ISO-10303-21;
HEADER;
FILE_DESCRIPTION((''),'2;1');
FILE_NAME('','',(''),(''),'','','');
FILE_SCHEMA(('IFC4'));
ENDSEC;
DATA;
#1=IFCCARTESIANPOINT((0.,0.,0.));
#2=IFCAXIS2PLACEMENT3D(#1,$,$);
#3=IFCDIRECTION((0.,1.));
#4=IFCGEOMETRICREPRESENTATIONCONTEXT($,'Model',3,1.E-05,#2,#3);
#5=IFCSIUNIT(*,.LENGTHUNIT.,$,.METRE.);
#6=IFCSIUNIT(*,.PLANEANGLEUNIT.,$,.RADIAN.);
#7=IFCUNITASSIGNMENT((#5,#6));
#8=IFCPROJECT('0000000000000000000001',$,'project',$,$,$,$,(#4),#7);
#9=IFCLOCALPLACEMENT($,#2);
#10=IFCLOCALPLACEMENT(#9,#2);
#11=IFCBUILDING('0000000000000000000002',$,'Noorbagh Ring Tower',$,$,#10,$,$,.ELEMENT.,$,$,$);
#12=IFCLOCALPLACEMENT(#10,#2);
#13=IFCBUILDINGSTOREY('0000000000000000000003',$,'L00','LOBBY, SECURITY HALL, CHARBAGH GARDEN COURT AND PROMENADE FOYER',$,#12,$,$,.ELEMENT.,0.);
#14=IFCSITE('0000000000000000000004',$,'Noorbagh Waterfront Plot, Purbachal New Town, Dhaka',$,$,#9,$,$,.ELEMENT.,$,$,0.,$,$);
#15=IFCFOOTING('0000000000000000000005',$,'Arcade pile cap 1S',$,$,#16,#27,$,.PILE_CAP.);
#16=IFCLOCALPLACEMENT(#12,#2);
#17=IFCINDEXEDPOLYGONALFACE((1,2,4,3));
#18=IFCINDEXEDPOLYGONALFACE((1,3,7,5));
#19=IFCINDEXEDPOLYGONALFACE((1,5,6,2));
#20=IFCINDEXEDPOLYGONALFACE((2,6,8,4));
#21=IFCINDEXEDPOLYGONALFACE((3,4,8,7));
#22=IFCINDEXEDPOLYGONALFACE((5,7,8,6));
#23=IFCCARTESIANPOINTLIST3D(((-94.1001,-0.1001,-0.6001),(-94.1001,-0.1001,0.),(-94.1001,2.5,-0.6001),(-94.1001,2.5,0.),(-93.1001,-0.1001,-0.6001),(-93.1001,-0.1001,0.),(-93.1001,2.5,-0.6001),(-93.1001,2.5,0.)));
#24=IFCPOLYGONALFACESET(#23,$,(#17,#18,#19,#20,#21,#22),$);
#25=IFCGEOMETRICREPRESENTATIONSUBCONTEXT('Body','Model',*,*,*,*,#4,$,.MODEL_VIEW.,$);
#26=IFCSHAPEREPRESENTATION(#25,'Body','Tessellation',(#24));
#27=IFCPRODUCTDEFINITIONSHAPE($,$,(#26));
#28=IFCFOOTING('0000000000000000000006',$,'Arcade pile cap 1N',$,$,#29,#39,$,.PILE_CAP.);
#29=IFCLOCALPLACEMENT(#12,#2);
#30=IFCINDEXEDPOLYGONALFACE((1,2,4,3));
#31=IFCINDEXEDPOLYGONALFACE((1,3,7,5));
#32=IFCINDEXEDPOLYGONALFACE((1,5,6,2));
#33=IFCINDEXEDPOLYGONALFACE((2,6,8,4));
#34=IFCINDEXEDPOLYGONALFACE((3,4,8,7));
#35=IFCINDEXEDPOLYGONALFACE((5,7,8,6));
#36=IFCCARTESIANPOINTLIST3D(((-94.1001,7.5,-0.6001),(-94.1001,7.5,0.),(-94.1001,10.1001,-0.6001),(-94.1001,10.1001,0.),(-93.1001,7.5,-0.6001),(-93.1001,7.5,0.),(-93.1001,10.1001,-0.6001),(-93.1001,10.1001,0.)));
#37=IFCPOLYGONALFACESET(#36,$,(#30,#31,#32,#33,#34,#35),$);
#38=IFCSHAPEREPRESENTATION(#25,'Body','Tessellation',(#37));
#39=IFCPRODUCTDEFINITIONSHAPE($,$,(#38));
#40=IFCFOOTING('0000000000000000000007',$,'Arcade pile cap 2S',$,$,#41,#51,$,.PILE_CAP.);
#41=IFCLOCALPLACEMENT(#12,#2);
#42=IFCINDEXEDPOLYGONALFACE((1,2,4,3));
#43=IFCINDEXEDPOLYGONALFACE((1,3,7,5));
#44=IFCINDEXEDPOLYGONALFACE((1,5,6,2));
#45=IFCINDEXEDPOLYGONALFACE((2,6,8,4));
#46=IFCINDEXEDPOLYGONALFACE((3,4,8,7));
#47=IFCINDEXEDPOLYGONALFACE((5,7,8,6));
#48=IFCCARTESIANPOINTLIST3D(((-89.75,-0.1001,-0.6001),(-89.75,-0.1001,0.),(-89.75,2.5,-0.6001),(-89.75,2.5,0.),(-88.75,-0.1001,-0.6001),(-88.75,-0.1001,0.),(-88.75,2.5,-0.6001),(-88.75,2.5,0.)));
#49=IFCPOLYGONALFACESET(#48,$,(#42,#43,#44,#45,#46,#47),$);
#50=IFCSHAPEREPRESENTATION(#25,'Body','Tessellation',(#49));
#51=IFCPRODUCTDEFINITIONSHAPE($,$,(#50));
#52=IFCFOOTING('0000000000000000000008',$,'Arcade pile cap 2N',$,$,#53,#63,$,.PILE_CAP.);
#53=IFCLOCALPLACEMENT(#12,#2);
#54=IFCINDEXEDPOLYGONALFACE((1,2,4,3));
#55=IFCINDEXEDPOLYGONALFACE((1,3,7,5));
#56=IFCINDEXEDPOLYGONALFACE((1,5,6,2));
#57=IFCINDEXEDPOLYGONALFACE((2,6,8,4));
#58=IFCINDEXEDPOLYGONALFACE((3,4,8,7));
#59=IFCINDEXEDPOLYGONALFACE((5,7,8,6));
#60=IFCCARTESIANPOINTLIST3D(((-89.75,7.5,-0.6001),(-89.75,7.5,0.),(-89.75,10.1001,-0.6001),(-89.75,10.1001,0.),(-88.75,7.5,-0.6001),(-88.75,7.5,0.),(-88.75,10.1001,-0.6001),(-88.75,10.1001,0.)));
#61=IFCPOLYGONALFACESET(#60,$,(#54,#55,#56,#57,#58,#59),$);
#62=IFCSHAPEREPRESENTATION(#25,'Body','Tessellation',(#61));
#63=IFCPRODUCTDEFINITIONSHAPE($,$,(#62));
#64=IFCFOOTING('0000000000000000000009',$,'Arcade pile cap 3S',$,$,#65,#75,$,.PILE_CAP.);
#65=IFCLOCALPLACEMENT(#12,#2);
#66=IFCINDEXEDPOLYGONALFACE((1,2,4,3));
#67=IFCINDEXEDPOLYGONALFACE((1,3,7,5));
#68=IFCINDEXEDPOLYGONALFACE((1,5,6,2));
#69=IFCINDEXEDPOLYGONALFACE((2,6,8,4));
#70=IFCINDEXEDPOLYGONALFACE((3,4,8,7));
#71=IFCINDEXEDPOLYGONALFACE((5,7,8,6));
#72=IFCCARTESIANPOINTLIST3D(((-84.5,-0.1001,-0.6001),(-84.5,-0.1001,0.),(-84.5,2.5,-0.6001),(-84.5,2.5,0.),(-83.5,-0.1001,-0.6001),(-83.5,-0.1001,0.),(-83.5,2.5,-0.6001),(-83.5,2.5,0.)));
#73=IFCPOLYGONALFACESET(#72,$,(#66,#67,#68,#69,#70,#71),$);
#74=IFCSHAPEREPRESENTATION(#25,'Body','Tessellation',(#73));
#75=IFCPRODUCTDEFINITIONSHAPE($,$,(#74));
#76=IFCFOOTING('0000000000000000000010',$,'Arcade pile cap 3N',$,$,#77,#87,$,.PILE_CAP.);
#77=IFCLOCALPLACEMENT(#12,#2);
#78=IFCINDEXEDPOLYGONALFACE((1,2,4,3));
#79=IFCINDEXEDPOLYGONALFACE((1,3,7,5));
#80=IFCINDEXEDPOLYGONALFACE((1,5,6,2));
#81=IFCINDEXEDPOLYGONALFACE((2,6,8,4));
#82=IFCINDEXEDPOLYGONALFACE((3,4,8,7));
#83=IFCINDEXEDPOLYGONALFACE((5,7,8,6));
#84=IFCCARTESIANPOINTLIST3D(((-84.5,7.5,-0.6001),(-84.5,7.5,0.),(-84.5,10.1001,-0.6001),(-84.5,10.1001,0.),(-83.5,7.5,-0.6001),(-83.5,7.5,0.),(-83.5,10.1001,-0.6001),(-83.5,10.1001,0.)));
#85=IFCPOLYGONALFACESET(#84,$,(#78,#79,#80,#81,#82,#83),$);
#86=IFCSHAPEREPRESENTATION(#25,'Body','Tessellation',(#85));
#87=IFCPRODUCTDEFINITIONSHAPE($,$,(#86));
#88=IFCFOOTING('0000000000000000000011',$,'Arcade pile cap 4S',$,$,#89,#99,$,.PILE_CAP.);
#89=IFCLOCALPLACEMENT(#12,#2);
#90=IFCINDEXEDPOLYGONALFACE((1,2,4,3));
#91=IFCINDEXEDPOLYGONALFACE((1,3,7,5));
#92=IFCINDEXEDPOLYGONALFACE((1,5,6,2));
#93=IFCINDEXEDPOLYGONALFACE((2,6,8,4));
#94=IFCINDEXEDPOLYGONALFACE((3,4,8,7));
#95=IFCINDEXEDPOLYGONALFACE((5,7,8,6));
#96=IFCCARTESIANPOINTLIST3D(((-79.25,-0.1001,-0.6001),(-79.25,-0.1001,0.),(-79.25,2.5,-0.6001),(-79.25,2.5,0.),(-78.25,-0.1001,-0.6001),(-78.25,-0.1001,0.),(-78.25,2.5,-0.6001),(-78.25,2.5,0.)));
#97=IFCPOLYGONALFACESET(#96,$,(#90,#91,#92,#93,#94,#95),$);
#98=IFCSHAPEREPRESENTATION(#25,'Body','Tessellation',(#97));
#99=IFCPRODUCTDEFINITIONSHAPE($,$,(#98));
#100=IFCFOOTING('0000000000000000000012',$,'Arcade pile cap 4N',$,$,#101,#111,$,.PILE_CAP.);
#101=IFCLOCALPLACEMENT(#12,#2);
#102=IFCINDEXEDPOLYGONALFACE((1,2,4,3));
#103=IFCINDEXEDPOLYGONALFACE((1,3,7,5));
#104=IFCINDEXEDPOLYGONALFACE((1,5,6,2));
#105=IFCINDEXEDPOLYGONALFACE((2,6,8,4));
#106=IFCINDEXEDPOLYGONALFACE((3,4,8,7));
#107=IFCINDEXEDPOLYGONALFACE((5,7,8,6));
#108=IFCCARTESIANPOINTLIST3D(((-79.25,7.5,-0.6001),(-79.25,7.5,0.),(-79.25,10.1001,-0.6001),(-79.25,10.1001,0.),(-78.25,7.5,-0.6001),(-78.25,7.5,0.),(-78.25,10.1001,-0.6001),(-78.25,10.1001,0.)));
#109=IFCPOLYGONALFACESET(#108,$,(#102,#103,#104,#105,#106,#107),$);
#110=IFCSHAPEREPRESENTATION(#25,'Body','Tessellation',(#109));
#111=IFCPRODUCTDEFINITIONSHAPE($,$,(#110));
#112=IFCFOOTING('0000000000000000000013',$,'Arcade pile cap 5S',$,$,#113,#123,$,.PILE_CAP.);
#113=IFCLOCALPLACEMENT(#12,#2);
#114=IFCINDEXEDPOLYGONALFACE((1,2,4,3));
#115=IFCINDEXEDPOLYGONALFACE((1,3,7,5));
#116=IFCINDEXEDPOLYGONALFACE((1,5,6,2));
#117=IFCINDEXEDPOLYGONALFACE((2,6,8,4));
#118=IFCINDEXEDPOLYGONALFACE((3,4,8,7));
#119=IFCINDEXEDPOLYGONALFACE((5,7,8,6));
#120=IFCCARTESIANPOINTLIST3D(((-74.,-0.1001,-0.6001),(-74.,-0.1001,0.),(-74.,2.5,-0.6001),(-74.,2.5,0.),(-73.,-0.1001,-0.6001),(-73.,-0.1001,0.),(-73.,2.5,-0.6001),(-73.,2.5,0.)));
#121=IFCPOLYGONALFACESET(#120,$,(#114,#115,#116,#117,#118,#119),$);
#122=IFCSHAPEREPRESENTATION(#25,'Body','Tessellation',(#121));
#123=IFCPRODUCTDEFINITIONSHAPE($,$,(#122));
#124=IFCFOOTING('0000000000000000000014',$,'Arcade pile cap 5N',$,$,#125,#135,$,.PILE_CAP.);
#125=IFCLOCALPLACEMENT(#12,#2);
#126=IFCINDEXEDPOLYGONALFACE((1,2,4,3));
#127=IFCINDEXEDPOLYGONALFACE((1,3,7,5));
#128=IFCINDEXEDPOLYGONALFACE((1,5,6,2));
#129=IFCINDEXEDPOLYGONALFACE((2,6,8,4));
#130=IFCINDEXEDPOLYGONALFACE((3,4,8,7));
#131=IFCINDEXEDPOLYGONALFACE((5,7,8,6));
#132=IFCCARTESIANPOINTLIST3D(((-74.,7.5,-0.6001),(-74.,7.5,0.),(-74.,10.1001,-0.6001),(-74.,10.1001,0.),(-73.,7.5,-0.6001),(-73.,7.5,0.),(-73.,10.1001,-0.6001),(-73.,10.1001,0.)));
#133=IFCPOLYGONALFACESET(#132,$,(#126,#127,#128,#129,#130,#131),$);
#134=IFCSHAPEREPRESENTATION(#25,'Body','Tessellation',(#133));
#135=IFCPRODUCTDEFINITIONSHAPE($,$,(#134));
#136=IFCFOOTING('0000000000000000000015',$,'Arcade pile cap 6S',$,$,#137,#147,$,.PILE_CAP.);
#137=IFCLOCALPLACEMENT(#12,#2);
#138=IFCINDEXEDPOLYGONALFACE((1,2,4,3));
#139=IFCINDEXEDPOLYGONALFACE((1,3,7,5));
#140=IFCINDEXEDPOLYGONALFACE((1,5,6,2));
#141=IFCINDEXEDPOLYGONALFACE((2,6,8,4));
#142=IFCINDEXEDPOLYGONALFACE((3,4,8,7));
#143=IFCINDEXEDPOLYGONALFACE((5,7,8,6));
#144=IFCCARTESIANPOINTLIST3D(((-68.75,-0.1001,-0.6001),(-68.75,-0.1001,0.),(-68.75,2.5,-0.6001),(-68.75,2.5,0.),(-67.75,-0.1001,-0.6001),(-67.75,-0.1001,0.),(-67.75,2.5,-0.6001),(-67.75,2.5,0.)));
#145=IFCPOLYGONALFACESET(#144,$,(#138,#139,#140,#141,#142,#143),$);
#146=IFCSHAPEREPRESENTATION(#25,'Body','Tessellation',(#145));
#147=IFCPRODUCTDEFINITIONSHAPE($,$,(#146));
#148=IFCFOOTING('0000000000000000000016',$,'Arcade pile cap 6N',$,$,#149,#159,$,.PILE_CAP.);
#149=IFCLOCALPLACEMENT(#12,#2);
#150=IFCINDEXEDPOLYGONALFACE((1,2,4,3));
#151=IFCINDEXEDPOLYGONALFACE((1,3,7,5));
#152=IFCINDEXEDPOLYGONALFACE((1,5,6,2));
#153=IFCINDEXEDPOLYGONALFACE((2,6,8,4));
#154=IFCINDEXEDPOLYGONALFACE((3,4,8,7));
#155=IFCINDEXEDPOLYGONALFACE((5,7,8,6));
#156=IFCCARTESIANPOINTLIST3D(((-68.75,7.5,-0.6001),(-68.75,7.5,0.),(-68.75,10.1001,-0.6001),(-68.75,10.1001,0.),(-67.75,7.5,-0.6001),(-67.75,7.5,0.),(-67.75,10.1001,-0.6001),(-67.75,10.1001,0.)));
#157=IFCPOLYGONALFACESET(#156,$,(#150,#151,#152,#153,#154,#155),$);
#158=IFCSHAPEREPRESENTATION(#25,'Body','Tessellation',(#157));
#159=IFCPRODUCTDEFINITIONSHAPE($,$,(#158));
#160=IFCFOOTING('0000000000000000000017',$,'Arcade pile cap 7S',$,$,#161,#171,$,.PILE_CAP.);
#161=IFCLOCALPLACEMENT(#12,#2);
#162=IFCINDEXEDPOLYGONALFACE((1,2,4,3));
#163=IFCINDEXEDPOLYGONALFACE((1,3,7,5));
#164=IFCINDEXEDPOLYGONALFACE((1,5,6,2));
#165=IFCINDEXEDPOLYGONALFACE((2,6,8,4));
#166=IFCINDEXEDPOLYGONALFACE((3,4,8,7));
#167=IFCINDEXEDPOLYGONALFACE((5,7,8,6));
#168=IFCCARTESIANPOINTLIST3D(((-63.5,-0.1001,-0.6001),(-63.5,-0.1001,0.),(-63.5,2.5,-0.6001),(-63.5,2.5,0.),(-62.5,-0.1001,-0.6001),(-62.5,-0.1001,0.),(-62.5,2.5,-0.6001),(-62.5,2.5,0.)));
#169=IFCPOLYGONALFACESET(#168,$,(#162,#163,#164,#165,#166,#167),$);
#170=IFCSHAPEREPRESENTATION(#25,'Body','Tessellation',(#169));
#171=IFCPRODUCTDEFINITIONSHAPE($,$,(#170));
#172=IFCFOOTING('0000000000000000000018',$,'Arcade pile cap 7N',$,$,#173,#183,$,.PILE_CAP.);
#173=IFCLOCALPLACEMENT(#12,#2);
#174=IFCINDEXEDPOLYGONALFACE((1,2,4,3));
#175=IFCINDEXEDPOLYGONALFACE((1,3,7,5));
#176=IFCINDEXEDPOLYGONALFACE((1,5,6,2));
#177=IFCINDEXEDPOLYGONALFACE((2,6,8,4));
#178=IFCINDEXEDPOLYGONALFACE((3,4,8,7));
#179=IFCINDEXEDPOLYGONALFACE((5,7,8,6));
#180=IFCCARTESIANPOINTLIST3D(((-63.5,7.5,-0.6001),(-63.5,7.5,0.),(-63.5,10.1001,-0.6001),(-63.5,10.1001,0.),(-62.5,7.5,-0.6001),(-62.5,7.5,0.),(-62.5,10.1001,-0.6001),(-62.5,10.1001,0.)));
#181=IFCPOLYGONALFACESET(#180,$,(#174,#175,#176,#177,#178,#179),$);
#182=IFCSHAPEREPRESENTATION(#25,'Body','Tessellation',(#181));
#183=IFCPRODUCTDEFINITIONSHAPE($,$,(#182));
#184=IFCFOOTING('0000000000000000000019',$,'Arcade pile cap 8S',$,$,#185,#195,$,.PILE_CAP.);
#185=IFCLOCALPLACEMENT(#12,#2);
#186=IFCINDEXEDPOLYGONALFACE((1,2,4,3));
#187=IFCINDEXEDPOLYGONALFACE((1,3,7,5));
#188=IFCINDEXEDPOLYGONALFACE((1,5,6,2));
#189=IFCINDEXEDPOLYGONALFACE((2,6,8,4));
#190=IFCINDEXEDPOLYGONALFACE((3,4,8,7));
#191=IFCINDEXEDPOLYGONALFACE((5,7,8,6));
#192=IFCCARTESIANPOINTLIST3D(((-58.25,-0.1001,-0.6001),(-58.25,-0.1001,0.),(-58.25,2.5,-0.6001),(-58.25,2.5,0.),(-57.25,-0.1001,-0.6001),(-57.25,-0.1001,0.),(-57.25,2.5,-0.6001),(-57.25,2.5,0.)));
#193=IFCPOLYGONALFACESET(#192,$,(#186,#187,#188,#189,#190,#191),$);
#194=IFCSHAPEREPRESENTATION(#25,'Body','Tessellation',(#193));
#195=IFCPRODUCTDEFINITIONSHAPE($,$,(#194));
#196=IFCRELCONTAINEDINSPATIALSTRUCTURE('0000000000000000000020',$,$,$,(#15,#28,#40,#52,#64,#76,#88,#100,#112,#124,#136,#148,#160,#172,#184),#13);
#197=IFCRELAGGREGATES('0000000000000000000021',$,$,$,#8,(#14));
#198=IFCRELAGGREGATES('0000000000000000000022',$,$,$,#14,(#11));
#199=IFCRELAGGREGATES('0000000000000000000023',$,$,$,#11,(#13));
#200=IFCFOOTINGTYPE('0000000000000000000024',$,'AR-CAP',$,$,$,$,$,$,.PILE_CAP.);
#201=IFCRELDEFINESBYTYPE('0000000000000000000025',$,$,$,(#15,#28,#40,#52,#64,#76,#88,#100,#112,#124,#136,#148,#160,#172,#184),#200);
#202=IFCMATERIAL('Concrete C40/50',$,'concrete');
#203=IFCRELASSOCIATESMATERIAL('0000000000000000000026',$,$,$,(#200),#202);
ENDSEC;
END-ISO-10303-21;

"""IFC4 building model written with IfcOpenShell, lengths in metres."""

from ifc_helpers import new_model, si_unit, direction, frame, origin, place, context, subcontext, project, spatial, polyline, outline, extrude, material, type_object, element, save


model = new_model("IFC4")

# Units and contexts
model_context = context("Model", 3, precision=1e-05, world=origin(), true_north=direction((0.0, 1.0)))
body_context = subcontext(model_context, "Body", "Model", "MODEL_VIEW")
ifc_project = project(units=[si_unit("LENGTHUNIT", "METRE"), si_unit("PLANEANGLEUNIT", "RADIAN")], contexts=[model_context])

# Site, building, storey
site_placement = place(None, origin())
site = spatial("IfcSite", under=ifc_project, at=site_placement, Name="Noorbagh Waterfront Plot, Purbachal New Town, Dhaka", CompositionType="ELEMENT", RefElevation=0.0)
building_placement = place(site_placement, origin())
building = spatial("IfcBuilding", under=site, at=building_placement, Name="Noorbagh Ring Tower", CompositionType="ELEMENT")
storey_placement = place(building_placement, origin())
storey = spatial("IfcBuildingStorey", under=building, at=storey_placement, Name="L00", Description="LOBBY, SECURITY HALL, CHARBAGH GARDEN COURT AND PROMENADE FOYER", CompositionType="ELEMENT", Elevation=0.0)

# Footings
ifc_material_1 = material(Name="Concrete C40/50", Category="concrete")
footing_type = type_object("IfcFootingType", Name="AR-CAP", PredefinedType="PILE_CAP", material=ifc_material_1)
footing_1_placement = place(storey_placement, frame((0.0, 0.0, -0.6001)))
element("IfcFooting", 1, at=footing_1_placement, inside=storey, type_object=footing_type, Name="Arcade pile cap 1S", PredefinedType="PILE_CAP", context=body_context, shape_type="SweptSolid", body=[
    extrude(outline(polyline([(-94.1001, -0.1001), (-93.1001, -0.1001), (-93.1001, 2.5), (-94.1001, 2.5), (-94.1001, -0.1001)])), origin(), (0.0, 0.0, 1.0), 0.6001),
])
footing_2_placement = place(storey_placement, frame((0.0, 0.0, -0.6001)))
element("IfcFooting", 2, at=footing_2_placement, inside=storey, type_object=footing_type, Name="Arcade pile cap 1N", PredefinedType="PILE_CAP", context=body_context, shape_type="SweptSolid", body=[
    extrude(outline(polyline([(-94.1001, 7.5), (-93.1001, 7.5), (-93.1001, 10.1001), (-94.1001, 10.1001), (-94.1001, 7.5)])), origin(), (0.0, 0.0, 1.0), 0.6001),
])
footing_3_placement = place(storey_placement, frame((0.0, 0.0, -0.6001)))
element("IfcFooting", 3, at=footing_3_placement, inside=storey, type_object=footing_type, Name="Arcade pile cap 2S", PredefinedType="PILE_CAP", context=body_context, shape_type="SweptSolid", body=[
    extrude(outline(polyline([(-89.75, -0.1001), (-88.75, -0.1001), (-88.75, 2.5), (-89.75, 2.5), (-89.75, -0.1001)])), origin(), (0.0, 0.0, 1.0), 0.6001),
])
footing_4_placement = place(storey_placement, frame((0.0, 0.0, -0.6001)))
element("IfcFooting", 4, at=footing_4_placement, inside=storey, type_object=footing_type, Name="Arcade pile cap 2N", PredefinedType="PILE_CAP", context=body_context, shape_type="SweptSolid", body=[
    extrude(outline(polyline([(-89.75, 7.5), (-88.75, 7.5), (-88.75, 10.1001), (-89.75, 10.1001), (-89.75, 7.5)])), origin(), (0.0, 0.0, 1.0), 0.6001),
])
footing_5_placement = place(storey_placement, frame((0.0, 0.0, -0.6001)))
element("IfcFooting", 5, at=footing_5_placement, inside=storey, type_object=footing_type, Name="Arcade pile cap 3S", PredefinedType="PILE_CAP", context=body_context, shape_type="SweptSolid", body=[
    extrude(outline(polyline([(-84.5, -0.1001), (-83.5, -0.1001), (-83.5, 2.5), (-84.5, 2.5), (-84.5, -0.1001)])), origin(), (0.0, 0.0, 1.0), 0.6001),
])
footing_6_placement = place(storey_placement, frame((0.0, 0.0, -0.6001)))
element("IfcFooting", 6, at=footing_6_placement, inside=storey, type_object=footing_type, Name="Arcade pile cap 3N", PredefinedType="PILE_CAP", context=body_context, shape_type="SweptSolid", body=[
    extrude(outline(polyline([(-84.5, 7.5), (-83.5, 7.5), (-83.5, 10.1001), (-84.5, 10.1001), (-84.5, 7.5)])), origin(), (0.0, 0.0, 1.0), 0.6001),
])
footing_7_placement = place(storey_placement, frame((0.0, 0.0, -0.6001)))
element("IfcFooting", 7, at=footing_7_placement, inside=storey, type_object=footing_type, Name="Arcade pile cap 4S", PredefinedType="PILE_CAP", context=body_context, shape_type="SweptSolid", body=[
    extrude(outline(polyline([(-79.25, -0.1001), (-78.25, -0.1001), (-78.25, 2.5), (-79.25, 2.5), (-79.25, -0.1001)])), origin(), (0.0, 0.0, 1.0), 0.6001),
])
footing_8_placement = place(storey_placement, frame((0.0, 0.0, -0.6001)))
element("IfcFooting", 8, at=footing_8_placement, inside=storey, type_object=footing_type, Name="Arcade pile cap 4N", PredefinedType="PILE_CAP", context=body_context, shape_type="SweptSolid", body=[
    extrude(outline(polyline([(-79.25, 7.5), (-78.25, 7.5), (-78.25, 10.1001), (-79.25, 10.1001), (-79.25, 7.5)])), origin(), (0.0, 0.0, 1.0), 0.6001),
])
footing_9_placement = place(storey_placement, frame((0.0, 0.0, -0.6001)))
element("IfcFooting", 9, at=footing_9_placement, inside=storey, type_object=footing_type, Name="Arcade pile cap 5S", PredefinedType="PILE_CAP", context=body_context, shape_type="SweptSolid", body=[
    extrude(outline(polyline([(-74.0, -0.1001), (-73.0, -0.1001), (-73.0, 2.5), (-74.0, 2.5), (-74.0, -0.1001)])), origin(), (0.0, 0.0, 1.0), 0.6001),
])
footing_10_placement = place(storey_placement, frame((0.0, 0.0, -0.6001)))
element("IfcFooting", 10, at=footing_10_placement, inside=storey, type_object=footing_type, Name="Arcade pile cap 5N", PredefinedType="PILE_CAP", context=body_context, shape_type="SweptSolid", body=[
    extrude(outline(polyline([(-74.0, 7.5), (-73.0, 7.5), (-73.0, 10.1001), (-74.0, 10.1001), (-74.0, 7.5)])), origin(), (0.0, 0.0, 1.0), 0.6001),
])
footing_11_placement = place(storey_placement, frame((0.0, 0.0, -0.6001)))
element("IfcFooting", 11, at=footing_11_placement, inside=storey, type_object=footing_type, Name="Arcade pile cap 6S", PredefinedType="PILE_CAP", context=body_context, shape_type="SweptSolid", body=[
    extrude(outline(polyline([(-68.75, -0.1001), (-67.75, -0.1001), (-67.75, 2.5), (-68.75, 2.5), (-68.75, -0.1001)])), origin(), (0.0, 0.0, 1.0), 0.6001),
])
footing_12_placement = place(storey_placement, frame((0.0, 0.0, -0.6001)))
element("IfcFooting", 12, at=footing_12_placement, inside=storey, type_object=footing_type, Name="Arcade pile cap 6N", PredefinedType="PILE_CAP", context=body_context, shape_type="SweptSolid", body=[
    extrude(outline(polyline([(-68.75, 7.5), (-67.75, 7.5), (-67.75, 10.1001), (-68.75, 10.1001), (-68.75, 7.5)])), origin(), (0.0, 0.0, 1.0), 0.6001),
])
footing_13_placement = place(storey_placement, frame((0.0, 0.0, -0.6001)))
element("IfcFooting", 13, at=footing_13_placement, inside=storey, type_object=footing_type, Name="Arcade pile cap 7S", PredefinedType="PILE_CAP", context=body_context, shape_type="SweptSolid", body=[
    extrude(outline(polyline([(-63.5, -0.1001), (-62.5, -0.1001), (-62.5, 2.5), (-63.5, 2.5), (-63.5, -0.1001)])), origin(), (0.0, 0.0, 1.0), 0.6001),
])
footing_14_placement = place(storey_placement, frame((0.0, 0.0, -0.6001)))
element("IfcFooting", 14, at=footing_14_placement, inside=storey, type_object=footing_type, Name="Arcade pile cap 7N", PredefinedType="PILE_CAP", context=body_context, shape_type="SweptSolid", body=[
    extrude(outline(polyline([(-63.5, 7.5), (-62.5, 7.5), (-62.5, 10.1001), (-63.5, 10.1001), (-63.5, 7.5)])), origin(), (0.0, 0.0, 1.0), 0.6001),
])
footing_15_placement = place(storey_placement, frame((0.0, 0.0, -0.6001)))
element("IfcFooting", 15, at=footing_15_placement, inside=storey, type_object=footing_type, Name="Arcade pile cap 8S", PredefinedType="PILE_CAP", context=body_context, shape_type="SweptSolid", body=[
    extrude(outline(polyline([(-58.25, -0.1001), (-57.25, -0.1001), (-57.25, 2.5), (-58.25, 2.5), (-58.25, -0.1001)])), origin(), (0.0, 0.0, 1.0), 0.6001),
])

save(model, "model.ifc")
